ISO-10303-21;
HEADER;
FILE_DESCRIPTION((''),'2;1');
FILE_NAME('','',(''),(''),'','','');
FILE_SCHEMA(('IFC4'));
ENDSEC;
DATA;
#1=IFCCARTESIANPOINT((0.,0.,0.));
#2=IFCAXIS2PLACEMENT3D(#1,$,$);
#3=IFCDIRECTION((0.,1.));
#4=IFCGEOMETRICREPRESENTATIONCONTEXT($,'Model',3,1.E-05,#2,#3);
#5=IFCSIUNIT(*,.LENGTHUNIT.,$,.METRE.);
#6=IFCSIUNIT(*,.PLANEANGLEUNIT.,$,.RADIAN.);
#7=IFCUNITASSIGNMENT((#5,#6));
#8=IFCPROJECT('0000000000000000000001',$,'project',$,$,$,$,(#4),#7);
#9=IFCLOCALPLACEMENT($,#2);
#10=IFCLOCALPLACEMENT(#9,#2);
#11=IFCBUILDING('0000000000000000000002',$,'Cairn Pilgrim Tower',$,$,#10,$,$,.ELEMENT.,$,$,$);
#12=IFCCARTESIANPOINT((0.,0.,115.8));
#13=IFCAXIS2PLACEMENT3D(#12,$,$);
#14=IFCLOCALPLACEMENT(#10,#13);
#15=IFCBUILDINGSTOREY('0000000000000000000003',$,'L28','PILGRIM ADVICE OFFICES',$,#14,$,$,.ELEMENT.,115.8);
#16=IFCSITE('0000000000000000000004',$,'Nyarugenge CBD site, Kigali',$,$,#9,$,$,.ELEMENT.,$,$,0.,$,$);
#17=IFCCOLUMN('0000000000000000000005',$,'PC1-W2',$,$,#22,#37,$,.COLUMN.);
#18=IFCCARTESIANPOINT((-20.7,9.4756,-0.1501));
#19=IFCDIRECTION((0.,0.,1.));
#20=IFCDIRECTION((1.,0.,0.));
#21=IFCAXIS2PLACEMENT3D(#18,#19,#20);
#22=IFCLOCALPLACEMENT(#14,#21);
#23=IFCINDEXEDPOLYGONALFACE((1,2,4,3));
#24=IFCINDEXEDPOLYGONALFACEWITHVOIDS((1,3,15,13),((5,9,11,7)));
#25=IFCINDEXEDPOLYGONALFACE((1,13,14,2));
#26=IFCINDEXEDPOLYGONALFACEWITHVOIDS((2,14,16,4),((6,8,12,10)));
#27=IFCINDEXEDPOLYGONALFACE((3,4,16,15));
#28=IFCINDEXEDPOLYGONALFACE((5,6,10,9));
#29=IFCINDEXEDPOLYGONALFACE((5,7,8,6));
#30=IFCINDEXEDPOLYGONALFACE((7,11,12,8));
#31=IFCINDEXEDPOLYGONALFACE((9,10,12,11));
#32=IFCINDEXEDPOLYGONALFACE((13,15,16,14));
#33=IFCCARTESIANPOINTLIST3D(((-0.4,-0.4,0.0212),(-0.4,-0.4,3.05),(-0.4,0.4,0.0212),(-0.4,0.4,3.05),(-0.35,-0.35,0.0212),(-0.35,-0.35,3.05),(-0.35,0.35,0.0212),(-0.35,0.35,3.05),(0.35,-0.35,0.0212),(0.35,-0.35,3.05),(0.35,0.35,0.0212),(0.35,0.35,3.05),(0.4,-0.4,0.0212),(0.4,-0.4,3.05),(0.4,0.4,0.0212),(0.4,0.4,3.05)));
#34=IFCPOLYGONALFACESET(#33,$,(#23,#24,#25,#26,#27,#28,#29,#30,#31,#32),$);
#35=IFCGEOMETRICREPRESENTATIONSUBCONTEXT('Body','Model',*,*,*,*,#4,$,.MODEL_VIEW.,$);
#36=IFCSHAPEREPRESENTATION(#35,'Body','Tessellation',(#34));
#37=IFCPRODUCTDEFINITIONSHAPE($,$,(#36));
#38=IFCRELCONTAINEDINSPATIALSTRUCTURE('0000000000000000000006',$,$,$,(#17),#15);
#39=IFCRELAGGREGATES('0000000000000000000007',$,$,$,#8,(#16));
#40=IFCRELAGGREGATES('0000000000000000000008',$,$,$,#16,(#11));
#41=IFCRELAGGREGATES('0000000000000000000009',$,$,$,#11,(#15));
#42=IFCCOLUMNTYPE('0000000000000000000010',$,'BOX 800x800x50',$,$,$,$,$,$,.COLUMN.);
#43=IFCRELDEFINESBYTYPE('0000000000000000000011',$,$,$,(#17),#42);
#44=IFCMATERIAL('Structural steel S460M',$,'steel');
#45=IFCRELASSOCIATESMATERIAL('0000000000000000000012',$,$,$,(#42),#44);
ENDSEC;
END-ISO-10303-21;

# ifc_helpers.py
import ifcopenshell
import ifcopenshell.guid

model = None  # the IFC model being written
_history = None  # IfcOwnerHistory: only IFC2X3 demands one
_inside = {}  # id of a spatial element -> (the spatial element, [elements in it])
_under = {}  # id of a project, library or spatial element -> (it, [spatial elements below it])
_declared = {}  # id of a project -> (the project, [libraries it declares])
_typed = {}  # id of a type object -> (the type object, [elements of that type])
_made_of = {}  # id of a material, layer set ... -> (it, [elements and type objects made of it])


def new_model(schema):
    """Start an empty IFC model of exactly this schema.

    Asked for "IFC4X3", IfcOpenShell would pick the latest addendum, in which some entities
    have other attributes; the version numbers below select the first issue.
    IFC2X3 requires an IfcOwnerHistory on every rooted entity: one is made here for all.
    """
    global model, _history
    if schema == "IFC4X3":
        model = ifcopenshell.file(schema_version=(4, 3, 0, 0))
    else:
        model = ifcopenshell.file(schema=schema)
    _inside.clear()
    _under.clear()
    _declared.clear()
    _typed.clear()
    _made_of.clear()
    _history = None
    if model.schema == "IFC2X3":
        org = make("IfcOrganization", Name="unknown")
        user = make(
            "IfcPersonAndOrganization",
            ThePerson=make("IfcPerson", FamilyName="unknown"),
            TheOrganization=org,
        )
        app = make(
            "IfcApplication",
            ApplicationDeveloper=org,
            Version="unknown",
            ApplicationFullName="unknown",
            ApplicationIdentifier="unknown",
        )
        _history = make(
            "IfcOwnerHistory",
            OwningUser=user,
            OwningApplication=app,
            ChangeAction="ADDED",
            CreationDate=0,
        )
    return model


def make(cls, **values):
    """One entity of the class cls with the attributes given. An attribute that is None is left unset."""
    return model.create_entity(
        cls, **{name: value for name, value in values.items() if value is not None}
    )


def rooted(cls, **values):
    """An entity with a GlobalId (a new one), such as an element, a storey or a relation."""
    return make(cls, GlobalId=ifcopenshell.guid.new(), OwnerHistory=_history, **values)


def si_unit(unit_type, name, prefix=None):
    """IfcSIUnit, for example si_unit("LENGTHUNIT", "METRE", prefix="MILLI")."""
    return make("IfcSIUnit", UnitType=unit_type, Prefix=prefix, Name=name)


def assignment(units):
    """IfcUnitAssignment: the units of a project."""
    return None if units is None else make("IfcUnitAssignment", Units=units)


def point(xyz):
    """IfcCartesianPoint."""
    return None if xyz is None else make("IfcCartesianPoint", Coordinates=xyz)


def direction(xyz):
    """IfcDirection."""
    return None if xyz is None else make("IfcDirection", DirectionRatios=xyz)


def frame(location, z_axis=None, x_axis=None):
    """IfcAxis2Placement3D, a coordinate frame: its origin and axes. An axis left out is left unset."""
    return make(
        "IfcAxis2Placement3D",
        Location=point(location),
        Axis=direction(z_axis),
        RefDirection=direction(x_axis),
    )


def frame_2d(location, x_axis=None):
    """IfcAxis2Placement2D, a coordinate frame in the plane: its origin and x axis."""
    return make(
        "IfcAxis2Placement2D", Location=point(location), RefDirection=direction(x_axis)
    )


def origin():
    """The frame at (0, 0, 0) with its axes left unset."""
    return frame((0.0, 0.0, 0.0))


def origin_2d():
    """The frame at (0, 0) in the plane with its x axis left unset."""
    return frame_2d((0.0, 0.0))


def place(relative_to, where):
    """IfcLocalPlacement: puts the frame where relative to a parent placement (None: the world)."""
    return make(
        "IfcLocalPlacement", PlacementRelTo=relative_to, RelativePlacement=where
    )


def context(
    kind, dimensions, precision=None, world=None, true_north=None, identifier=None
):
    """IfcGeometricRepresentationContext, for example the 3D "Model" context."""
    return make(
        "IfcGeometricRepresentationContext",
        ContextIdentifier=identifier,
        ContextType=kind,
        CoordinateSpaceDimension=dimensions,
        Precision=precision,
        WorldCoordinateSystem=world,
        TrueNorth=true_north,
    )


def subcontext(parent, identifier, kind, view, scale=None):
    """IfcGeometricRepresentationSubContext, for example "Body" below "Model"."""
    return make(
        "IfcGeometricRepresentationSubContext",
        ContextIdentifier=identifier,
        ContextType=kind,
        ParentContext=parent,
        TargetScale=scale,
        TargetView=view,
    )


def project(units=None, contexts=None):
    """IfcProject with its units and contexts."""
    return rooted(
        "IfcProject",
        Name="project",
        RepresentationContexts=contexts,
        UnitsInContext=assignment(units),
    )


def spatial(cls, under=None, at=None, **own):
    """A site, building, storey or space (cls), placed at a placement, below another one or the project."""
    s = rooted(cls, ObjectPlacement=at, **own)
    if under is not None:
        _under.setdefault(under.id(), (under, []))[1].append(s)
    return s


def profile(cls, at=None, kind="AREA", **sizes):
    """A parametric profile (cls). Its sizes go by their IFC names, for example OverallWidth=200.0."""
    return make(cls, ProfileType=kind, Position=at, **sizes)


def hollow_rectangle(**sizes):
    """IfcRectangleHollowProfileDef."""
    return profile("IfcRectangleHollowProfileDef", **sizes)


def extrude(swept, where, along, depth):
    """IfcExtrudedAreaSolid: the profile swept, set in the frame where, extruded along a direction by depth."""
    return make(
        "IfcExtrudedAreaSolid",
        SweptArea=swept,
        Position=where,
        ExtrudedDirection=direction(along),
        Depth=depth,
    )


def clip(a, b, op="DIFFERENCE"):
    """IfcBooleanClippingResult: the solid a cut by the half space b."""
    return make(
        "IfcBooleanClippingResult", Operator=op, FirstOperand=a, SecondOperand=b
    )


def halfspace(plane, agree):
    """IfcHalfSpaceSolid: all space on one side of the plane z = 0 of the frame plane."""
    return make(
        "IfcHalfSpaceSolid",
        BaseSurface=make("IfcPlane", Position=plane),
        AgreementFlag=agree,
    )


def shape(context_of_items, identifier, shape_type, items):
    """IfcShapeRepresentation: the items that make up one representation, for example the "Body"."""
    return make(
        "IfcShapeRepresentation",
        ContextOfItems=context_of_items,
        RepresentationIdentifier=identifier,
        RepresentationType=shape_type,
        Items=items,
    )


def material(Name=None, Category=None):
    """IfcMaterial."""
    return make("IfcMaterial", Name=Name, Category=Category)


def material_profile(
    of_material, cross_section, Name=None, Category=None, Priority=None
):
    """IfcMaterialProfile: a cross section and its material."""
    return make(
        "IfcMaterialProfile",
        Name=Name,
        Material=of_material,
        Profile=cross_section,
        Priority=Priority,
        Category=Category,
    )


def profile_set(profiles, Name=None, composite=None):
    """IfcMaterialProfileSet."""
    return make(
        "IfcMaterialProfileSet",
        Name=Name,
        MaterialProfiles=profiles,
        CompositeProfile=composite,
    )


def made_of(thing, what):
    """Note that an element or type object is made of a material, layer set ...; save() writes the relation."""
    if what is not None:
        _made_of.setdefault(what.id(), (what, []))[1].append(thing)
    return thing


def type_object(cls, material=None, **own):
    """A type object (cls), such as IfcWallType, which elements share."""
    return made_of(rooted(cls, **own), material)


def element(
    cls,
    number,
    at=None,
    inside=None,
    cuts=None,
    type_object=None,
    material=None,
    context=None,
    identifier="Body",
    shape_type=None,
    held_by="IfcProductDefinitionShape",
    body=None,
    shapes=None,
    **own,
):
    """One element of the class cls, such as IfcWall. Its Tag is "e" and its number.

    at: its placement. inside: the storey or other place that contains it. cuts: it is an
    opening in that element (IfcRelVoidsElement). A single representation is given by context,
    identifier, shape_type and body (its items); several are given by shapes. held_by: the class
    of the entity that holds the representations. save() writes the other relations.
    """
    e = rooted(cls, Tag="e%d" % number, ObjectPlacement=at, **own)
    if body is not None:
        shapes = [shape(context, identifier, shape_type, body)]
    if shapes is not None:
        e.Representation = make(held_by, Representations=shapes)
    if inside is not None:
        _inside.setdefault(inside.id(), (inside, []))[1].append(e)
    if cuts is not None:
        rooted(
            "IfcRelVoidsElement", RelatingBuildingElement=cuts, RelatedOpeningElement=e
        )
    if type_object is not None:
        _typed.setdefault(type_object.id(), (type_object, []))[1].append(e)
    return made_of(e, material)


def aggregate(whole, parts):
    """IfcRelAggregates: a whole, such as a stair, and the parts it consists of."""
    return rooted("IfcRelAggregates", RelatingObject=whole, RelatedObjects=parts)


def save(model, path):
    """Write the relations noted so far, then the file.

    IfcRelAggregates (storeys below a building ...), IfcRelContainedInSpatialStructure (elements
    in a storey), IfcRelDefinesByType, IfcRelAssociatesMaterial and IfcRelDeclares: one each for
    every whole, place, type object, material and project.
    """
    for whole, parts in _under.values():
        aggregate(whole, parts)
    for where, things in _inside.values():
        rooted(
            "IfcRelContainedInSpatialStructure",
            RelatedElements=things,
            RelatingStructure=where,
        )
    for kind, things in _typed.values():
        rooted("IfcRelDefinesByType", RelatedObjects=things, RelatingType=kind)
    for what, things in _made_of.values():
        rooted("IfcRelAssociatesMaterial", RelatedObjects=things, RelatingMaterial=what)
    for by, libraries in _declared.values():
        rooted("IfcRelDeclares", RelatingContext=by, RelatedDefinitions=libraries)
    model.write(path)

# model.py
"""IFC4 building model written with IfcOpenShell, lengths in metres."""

from ifc_helpers import new_model, si_unit, direction, frame, origin, origin_2d, place, context, subcontext, project, spatial, hollow_rectangle, extrude, clip, halfspace, material, material_profile, profile_set, type_object, element, save


model = new_model("IFC4")

# Units and contexts
model_context = context("Model", 3, precision=1e-05, world=origin(), true_north=direction((0.0, 1.0)))
body_context = subcontext(model_context, "Body", "Model", "MODEL_VIEW")
ifc_project = project(units=[si_unit("LENGTHUNIT", "METRE"), si_unit("PLANEANGLEUNIT", "RADIAN")], contexts=[model_context])

# Site, building, storey
site_placement = place(None, origin())
site = spatial("IfcSite", under=ifc_project, at=site_placement, Name="Nyarugenge CBD site, Kigali", CompositionType="ELEMENT", RefElevation=0.0)
building_placement = place(site_placement, origin())
building = spatial("IfcBuilding", under=site, at=building_placement, Name="Cairn Pilgrim Tower", CompositionType="ELEMENT")
storey_placement = place(building_placement, frame((0.0, 0.0, 115.8)))
storey = spatial("IfcBuildingStorey", under=building, at=storey_placement, Name="L28", Description="PILGRIM ADVICE OFFICES", CompositionType="ELEMENT", Elevation=115.8)

# Column
ifc_material_1 = material(Name="Structural steel S460M", Category="steel")
ifc_material_profile_1 = material_profile(ifc_material_1, hollow_rectangle(XDim=0.8, YDim=0.8, WallThickness=0.05, at=origin_2d()), Name="BOX 800x800x50")
ifc_profile_set_1 = profile_set([ifc_material_profile_1], Name="Structural steel S460M")
column_type_1 = type_object("IfcColumnType", Name="BOX 800x800x50", PredefinedType="COLUMN", material=ifc_profile_set_1)
column_1_placement = place(storey_placement, frame((-20.7, 9.4756, -0.1501), z_axis=(0.0, 0.0, 1.0), x_axis=(1.0, 0.0, 0.0)))
element("IfcColumn", 1, at=column_1_placement, inside=storey, type_object=column_type_1, Name="PC1-W2", PredefinedType="COLUMN", context=body_context, shape_type="Clipping", body=[
    clip(clip(extrude(hollow_rectangle(XDim=0.8, YDim=0.8, WallThickness=0.05, at=origin_2d()), origin(), (0.0, 0.0, 1.0), 3.5), halfspace(frame((0.0, 0.0, 0.0212), z_axis=(0.0, 0.0, 1.0), x_axis=(1.0, 0.0, 0.0)), True)), halfspace(frame((0.0, 0.0, 3.05), z_axis=(0.0, 0.0, 1.0), x_axis=(1.0, 0.0, 0.0)), False)),
])

save(model, "model.ifc")
